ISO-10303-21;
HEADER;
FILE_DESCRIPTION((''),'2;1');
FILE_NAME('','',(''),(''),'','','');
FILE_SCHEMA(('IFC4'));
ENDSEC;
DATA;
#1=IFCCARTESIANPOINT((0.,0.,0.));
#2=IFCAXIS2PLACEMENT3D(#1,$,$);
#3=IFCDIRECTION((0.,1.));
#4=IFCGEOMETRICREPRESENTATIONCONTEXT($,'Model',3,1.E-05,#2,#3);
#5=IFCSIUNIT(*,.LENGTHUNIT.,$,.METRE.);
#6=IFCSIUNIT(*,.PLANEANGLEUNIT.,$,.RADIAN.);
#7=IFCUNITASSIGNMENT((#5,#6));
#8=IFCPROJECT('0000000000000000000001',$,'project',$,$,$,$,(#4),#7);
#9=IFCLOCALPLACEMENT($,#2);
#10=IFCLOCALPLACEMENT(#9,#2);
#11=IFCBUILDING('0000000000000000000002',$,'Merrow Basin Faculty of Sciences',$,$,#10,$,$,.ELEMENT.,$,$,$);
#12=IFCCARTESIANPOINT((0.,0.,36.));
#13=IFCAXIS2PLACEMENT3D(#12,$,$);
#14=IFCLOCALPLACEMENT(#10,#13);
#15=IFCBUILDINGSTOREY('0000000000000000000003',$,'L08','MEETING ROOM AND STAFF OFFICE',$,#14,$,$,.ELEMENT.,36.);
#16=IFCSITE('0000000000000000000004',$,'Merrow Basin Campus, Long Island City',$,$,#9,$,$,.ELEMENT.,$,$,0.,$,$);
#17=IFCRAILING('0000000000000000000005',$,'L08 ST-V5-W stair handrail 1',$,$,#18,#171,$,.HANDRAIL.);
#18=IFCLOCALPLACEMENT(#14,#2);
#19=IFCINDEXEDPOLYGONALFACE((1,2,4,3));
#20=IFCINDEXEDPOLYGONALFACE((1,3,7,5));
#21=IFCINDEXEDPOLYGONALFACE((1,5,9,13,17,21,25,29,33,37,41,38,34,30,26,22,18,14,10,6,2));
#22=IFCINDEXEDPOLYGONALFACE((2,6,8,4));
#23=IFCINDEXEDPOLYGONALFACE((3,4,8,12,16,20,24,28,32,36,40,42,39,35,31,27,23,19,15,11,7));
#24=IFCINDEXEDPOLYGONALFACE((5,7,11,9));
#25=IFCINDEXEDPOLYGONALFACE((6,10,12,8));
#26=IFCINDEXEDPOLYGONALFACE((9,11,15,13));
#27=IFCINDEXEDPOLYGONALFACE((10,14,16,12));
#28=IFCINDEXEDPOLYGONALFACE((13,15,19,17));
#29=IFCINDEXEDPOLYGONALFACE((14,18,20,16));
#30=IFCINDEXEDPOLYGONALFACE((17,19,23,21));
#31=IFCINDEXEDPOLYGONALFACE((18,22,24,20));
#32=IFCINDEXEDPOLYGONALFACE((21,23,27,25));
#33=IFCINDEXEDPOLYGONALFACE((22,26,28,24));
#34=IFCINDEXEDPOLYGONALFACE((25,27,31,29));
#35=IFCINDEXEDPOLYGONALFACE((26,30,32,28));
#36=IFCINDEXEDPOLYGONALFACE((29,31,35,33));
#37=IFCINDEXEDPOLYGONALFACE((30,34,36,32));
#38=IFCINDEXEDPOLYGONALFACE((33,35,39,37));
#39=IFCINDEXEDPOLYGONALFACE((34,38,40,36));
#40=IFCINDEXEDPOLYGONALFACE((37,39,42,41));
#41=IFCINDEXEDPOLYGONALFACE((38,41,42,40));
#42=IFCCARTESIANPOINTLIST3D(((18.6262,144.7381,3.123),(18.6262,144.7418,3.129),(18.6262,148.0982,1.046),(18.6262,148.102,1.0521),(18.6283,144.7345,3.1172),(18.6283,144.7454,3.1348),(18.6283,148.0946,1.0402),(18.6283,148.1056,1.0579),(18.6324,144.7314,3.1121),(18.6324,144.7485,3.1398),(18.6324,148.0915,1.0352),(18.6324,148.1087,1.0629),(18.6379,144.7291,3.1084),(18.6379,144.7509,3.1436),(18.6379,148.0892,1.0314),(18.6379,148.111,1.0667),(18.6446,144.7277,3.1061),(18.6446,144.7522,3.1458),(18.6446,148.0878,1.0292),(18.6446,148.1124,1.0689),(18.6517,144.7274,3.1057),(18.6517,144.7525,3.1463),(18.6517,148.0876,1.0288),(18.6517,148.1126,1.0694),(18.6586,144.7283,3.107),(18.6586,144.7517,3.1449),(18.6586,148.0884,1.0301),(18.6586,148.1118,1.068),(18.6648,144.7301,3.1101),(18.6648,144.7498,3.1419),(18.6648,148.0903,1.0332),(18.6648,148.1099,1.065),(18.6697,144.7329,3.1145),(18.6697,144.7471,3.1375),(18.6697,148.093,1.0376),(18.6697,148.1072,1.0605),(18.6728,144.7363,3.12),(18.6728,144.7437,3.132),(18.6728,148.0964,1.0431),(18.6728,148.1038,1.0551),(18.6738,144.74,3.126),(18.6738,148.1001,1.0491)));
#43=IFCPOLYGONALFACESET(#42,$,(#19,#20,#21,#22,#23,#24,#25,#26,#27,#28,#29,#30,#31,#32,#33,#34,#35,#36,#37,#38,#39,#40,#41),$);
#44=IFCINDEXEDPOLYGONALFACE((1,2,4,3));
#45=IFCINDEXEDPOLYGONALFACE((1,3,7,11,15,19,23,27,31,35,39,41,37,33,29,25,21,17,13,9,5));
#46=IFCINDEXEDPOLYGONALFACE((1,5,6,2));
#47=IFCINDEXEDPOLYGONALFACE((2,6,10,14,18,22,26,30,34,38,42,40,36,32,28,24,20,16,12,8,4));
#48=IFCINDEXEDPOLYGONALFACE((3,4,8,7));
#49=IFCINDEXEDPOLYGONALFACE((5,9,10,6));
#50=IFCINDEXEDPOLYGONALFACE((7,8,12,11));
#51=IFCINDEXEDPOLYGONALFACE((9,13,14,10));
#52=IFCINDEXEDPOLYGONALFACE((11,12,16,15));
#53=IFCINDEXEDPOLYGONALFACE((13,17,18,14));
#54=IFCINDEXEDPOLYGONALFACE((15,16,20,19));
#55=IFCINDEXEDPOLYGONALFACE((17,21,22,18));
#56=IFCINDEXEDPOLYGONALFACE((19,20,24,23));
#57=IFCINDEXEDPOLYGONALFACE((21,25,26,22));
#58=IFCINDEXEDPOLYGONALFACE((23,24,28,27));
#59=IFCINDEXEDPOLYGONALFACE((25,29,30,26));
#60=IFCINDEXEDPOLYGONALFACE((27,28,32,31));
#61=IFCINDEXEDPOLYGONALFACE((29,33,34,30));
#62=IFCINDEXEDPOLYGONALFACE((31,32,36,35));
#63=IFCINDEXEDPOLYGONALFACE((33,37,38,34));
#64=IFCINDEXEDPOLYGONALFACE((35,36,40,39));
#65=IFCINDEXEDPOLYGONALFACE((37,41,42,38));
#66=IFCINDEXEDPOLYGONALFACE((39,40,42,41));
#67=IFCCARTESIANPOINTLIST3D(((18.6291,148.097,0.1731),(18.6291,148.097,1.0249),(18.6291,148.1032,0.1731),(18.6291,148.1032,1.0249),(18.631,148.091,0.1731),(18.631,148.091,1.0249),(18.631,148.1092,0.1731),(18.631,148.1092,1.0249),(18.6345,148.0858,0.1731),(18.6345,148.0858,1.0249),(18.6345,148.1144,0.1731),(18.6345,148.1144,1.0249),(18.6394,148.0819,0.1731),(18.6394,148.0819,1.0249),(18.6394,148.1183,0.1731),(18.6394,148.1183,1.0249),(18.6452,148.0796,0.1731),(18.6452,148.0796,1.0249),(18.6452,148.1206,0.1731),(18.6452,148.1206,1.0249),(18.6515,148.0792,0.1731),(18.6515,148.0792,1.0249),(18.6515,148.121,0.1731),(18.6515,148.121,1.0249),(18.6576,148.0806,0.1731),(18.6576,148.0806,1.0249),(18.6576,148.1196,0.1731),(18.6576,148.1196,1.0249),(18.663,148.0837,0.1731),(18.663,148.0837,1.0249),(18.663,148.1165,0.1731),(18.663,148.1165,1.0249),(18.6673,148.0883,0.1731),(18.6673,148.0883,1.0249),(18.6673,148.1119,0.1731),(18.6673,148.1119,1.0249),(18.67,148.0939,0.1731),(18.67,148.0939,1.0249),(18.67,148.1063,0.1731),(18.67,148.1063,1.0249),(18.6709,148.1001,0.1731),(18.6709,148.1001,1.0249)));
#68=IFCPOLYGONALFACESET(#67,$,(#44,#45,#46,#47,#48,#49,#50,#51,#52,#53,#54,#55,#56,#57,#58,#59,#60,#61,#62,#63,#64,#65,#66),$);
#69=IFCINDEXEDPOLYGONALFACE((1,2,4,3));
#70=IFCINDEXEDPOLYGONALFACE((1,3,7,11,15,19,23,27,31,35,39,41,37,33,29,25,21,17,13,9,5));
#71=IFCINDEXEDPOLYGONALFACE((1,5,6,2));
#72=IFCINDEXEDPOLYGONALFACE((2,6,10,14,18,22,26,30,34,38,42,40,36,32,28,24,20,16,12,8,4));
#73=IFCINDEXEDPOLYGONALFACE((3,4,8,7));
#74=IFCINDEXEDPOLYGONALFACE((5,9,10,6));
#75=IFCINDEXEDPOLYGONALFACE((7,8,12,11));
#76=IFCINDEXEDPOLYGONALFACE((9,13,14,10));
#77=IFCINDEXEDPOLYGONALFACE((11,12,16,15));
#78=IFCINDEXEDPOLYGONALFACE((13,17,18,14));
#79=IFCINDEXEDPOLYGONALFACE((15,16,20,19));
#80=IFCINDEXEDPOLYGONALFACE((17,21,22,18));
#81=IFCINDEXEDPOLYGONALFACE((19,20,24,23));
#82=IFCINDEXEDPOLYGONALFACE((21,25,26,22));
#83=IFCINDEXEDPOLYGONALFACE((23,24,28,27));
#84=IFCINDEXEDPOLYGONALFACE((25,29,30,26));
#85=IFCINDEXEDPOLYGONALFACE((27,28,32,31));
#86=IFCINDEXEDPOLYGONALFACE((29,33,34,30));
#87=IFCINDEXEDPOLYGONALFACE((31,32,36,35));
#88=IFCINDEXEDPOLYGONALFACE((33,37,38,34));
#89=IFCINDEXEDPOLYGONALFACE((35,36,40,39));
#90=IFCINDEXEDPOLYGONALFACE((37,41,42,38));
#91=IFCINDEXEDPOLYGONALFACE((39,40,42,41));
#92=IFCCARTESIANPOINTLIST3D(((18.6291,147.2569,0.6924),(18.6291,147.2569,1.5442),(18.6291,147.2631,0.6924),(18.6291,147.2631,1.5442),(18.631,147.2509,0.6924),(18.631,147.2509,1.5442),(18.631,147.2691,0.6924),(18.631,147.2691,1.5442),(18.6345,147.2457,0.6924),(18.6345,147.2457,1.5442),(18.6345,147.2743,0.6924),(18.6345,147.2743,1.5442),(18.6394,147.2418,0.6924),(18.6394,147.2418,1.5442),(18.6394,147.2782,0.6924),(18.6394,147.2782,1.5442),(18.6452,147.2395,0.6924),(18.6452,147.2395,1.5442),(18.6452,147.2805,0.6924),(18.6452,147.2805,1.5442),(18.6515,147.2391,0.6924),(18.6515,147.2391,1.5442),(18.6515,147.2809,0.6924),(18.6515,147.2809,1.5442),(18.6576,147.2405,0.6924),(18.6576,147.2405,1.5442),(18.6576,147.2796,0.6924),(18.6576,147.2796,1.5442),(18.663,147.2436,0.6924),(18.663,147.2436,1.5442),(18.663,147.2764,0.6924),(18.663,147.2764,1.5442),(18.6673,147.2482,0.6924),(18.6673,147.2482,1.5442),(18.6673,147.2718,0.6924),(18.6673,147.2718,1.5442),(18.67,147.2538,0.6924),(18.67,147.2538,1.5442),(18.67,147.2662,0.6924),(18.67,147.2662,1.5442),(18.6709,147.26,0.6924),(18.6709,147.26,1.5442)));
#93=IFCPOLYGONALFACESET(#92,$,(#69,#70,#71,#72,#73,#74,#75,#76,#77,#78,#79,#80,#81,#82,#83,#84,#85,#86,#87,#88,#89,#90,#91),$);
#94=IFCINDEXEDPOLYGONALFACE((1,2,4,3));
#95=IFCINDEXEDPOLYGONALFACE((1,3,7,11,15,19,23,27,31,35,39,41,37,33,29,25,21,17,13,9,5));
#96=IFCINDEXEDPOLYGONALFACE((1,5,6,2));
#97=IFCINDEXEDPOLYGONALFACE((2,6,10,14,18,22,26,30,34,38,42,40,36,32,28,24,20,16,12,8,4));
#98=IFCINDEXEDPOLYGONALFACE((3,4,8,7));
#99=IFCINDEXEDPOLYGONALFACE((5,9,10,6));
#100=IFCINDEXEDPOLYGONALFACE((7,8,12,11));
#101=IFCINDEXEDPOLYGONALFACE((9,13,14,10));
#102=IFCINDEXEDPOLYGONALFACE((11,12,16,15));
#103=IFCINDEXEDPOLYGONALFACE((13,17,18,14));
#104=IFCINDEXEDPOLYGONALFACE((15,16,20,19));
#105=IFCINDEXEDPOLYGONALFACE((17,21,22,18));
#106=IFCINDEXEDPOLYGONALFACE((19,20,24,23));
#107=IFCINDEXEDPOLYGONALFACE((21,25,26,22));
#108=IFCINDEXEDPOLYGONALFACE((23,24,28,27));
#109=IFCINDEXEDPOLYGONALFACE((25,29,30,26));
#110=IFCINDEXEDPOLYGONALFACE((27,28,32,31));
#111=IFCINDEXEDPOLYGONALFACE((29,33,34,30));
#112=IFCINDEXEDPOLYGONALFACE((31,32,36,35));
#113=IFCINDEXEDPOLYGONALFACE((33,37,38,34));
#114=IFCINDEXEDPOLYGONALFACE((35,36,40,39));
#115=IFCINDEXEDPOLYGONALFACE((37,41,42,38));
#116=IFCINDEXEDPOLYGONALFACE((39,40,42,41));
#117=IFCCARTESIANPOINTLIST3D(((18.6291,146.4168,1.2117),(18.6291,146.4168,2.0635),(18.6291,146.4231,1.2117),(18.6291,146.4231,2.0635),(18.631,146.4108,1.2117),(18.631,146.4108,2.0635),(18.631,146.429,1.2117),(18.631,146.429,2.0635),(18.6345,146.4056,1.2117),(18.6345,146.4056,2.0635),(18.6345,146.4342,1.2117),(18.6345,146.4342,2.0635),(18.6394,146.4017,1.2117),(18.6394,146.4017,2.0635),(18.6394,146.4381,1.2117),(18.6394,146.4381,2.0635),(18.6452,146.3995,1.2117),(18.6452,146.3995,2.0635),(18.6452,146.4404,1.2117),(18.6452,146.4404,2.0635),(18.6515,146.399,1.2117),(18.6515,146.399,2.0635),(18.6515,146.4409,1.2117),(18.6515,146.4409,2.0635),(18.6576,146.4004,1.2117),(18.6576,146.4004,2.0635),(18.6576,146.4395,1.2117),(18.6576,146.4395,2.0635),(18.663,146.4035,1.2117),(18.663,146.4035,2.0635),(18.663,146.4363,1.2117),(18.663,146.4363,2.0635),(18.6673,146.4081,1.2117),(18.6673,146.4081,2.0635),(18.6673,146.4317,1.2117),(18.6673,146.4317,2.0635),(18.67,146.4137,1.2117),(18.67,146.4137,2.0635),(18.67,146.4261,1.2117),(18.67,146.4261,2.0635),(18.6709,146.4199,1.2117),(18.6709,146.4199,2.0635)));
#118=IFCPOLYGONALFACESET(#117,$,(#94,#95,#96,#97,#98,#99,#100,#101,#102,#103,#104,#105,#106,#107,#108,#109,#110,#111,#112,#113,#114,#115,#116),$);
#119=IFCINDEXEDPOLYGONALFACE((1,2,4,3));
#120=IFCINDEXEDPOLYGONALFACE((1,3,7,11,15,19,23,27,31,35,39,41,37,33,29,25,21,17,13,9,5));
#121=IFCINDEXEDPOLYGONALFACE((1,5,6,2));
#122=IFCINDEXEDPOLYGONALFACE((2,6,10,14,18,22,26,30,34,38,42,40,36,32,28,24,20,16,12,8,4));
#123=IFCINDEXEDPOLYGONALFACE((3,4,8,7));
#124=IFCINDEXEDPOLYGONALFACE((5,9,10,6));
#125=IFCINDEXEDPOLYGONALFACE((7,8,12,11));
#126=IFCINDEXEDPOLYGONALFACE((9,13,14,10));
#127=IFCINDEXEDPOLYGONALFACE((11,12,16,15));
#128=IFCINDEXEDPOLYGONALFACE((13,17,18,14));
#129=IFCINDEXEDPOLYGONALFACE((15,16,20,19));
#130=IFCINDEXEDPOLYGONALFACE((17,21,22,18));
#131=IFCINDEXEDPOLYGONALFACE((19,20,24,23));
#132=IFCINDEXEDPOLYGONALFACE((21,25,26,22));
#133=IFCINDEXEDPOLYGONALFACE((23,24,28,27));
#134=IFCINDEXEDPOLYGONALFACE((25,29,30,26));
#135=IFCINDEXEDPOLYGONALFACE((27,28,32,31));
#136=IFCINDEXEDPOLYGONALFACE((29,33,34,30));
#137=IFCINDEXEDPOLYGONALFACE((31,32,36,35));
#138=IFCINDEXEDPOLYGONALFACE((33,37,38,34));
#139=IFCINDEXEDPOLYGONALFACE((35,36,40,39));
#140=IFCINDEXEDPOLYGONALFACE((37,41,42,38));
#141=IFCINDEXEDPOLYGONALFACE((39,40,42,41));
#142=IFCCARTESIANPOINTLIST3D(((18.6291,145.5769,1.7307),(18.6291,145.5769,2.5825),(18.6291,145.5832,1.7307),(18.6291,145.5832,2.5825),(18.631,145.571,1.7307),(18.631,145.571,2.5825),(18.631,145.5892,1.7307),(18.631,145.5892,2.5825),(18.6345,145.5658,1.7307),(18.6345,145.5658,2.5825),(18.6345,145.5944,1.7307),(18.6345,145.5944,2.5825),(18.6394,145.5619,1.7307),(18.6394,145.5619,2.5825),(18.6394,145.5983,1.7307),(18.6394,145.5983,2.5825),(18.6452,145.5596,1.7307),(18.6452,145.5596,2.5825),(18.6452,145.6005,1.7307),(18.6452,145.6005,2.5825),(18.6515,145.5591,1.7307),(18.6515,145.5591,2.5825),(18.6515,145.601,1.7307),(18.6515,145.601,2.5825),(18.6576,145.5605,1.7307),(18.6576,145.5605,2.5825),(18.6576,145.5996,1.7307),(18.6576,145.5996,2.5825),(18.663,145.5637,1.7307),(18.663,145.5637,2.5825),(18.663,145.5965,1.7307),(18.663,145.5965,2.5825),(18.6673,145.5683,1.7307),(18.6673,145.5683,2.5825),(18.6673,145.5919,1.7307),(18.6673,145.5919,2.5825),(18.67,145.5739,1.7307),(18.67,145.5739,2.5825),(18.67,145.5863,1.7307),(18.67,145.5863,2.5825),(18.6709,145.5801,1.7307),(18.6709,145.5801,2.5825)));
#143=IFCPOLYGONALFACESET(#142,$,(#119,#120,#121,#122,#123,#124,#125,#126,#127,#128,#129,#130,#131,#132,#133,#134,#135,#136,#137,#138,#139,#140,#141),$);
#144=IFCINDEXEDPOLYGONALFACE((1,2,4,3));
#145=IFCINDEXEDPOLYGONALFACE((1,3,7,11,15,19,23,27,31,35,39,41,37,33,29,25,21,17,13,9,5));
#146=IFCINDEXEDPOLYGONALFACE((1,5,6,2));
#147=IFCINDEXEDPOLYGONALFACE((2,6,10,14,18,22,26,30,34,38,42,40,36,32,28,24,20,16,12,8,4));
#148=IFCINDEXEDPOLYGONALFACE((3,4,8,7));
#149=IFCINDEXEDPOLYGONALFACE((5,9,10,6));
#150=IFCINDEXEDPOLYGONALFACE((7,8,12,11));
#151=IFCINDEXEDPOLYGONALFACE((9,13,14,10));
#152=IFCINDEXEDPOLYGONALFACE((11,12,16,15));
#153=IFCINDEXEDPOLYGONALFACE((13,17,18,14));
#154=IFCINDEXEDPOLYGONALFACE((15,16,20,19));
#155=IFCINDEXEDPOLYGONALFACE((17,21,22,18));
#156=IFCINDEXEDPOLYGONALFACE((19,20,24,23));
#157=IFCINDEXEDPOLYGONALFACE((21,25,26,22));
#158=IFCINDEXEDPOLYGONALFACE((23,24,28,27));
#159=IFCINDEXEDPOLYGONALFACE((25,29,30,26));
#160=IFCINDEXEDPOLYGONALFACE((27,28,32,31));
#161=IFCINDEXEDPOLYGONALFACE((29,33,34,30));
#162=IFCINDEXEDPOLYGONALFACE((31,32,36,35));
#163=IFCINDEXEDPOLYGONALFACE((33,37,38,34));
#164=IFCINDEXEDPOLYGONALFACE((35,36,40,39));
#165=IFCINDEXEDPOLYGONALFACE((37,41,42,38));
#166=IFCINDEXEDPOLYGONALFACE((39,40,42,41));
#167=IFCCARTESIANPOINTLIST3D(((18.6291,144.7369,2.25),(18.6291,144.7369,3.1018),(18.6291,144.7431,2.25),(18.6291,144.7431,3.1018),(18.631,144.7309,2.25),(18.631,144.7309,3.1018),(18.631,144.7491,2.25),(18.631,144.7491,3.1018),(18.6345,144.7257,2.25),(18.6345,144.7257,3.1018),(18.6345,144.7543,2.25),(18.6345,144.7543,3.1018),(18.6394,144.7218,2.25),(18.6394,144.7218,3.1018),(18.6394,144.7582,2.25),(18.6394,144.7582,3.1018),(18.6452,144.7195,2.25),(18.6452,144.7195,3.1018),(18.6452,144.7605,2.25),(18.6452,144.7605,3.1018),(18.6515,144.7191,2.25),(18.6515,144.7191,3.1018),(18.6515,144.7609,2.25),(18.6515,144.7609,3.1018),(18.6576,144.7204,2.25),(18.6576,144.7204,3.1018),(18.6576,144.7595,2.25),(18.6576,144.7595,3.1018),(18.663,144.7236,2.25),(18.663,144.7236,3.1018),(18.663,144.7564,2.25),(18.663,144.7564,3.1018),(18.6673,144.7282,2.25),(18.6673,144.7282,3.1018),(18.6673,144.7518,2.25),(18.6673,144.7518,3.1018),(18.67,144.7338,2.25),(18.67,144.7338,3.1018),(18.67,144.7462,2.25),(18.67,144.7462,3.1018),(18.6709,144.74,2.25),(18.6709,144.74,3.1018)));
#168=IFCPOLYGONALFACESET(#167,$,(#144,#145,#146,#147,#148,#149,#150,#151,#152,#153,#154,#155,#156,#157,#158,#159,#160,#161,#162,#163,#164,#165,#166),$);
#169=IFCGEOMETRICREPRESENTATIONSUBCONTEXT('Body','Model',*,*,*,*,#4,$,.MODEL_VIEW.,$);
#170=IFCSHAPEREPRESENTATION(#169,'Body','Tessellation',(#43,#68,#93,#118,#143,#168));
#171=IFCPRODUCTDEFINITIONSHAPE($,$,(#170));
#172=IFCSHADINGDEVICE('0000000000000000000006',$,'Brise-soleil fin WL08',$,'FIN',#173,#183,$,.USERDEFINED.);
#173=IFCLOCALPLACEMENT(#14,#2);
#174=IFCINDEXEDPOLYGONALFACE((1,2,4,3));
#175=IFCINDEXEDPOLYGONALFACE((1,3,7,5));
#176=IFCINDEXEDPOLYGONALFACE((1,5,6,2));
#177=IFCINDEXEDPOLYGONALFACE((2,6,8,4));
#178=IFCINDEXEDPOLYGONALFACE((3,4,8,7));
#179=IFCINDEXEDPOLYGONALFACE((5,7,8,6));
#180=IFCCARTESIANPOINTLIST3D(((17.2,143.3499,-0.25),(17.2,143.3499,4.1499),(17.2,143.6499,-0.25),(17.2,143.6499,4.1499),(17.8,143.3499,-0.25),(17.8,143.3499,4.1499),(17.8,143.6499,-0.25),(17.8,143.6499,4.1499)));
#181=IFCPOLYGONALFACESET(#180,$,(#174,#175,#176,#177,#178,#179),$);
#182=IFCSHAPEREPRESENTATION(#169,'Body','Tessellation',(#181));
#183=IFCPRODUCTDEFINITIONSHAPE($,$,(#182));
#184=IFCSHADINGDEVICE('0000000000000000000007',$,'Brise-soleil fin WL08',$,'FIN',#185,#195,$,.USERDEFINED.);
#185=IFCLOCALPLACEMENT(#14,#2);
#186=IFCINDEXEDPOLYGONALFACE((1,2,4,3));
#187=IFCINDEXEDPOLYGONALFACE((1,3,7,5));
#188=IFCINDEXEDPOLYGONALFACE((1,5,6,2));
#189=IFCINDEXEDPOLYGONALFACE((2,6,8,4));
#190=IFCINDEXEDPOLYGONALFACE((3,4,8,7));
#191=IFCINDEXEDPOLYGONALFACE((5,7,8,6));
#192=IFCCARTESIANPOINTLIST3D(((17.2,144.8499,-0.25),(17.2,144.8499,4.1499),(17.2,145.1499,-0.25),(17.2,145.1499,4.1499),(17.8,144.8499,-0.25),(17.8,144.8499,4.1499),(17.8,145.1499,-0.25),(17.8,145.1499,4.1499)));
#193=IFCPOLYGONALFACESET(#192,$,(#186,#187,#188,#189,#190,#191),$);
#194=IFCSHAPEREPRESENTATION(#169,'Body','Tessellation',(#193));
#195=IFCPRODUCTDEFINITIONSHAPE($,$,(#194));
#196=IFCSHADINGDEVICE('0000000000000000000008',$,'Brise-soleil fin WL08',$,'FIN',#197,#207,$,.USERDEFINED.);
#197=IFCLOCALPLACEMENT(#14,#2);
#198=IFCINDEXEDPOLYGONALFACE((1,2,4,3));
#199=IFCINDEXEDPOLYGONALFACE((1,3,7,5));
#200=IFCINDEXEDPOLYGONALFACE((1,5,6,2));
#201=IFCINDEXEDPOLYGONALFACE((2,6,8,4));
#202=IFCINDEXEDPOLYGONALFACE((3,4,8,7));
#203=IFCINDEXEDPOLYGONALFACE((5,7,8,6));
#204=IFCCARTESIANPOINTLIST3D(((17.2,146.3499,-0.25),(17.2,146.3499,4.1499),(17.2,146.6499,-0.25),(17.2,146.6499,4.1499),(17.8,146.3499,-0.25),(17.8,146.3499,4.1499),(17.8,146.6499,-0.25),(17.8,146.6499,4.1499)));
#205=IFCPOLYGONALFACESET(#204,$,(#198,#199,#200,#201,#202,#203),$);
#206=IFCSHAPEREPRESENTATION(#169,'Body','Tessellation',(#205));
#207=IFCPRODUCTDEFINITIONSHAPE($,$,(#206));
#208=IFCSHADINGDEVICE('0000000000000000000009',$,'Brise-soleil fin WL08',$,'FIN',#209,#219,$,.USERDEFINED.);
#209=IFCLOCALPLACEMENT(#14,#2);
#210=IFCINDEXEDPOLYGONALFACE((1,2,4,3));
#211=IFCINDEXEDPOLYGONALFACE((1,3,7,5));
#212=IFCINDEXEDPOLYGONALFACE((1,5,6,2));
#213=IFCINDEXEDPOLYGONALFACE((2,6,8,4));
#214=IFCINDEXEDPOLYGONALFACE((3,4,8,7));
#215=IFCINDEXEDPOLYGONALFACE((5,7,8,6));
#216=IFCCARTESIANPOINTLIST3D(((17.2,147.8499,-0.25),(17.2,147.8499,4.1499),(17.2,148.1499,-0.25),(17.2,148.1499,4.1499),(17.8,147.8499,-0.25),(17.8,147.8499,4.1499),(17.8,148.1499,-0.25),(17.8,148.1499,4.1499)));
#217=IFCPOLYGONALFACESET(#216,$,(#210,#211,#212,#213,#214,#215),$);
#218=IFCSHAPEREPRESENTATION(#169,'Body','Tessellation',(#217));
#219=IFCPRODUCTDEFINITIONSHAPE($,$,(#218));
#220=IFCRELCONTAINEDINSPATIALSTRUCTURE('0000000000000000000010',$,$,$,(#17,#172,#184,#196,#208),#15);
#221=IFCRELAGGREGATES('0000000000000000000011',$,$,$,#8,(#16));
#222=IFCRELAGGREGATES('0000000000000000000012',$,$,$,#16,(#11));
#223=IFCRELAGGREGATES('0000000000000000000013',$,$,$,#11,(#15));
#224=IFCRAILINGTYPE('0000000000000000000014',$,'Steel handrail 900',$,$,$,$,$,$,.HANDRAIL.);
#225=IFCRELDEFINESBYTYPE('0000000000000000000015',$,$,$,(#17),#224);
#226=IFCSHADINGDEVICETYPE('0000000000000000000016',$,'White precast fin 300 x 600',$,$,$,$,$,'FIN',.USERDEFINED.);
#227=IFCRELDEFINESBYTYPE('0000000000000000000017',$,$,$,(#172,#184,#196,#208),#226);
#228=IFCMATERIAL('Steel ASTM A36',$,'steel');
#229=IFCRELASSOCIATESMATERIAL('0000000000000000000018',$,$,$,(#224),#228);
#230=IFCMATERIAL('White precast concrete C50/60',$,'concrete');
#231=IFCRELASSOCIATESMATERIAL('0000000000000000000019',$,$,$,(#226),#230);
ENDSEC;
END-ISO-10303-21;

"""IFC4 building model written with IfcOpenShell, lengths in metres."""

from ifc_helpers import new_model, si_unit, direction, frame, origin, origin_2d, place, context, subcontext, project, spatial, polyline, circle, outline, extrude, source, transform, mapped, material, type_object, element, save


model = new_model("IFC4")

# Units and contexts
model_context = context("Model", 3, precision=1e-05, world=origin(), true_north=direction((0.0, 1.0)))
body_context = subcontext(model_context, "Body", "Model", "MODEL_VIEW")
ifc_project = project(units=[si_unit("LENGTHUNIT", "METRE"), si_unit("PLANEANGLEUNIT", "RADIAN")], contexts=[model_context])

# Site, building, storey
site_placement = place(None, origin())
site = spatial("IfcSite", under=ifc_project, at=site_placement, Name="Merrow Basin Campus, Long Island City", CompositionType="ELEMENT", RefElevation=0.0)
building_placement = place(site_placement, origin())
building = spatial("IfcBuilding", under=site, at=building_placement, Name="Merrow Basin Faculty of Sciences", CompositionType="ELEMENT")
storey_placement = place(building_placement, frame((0.0, 0.0, 36.0)))
storey = spatial("IfcBuildingStorey", under=building, at=storey_placement, Name="L08", Description="MEETING ROOM AND STAFF OFFICE", CompositionType="ELEMENT", Elevation=36.0)

# Railing
ifc_material_1 = material(Name="Steel ASTM A36", Category="steel")
railing_type_1 = type_object("IfcRailingType", Name="Steel handrail 900", PredefinedType="HANDRAIL", material=ifc_material_1)
railing_1_placement = place(storey_placement, frame((18.6499, 148.1001, 0.1731)))
element("IfcRailing", 1, at=railing_1_placement, inside=storey, type_object=railing_type_1, Name="L08 ST-V5-W stair handrail 1", PredefinedType="HANDRAIL", context=body_context, shape_type="SweptSolid", body=[
    extrude(circle(Radius=0.0239, at=origin_2d()), frame((0.0, 0.0, 0.876), z_axis=(0.0, -0.850623, 0.525776), x_axis=(1.0, 0.0, 0.0)), (0.0, 0.0, 1.0), 3.9502),
    extrude(circle(Radius=0.021, at=origin_2d()), origin(), (0.0, 0.0, 1.0), 0.8518),
    extrude(circle(Radius=0.021, at=origin_2d()), frame((0.0, -0.8401, 0.5193)), (0.0, 0.0, 1.0), 0.8518),
    extrude(circle(Radius=0.021, at=origin_2d()), frame((0.0, -1.6802, 1.0386)), (0.0, 0.0, 1.0), 0.8518),
    extrude(circle(Radius=0.021, at=origin_2d()), frame((0.0, -2.52, 1.5576)), (0.0, 0.0, 1.0), 0.8518),
    extrude(circle(Radius=0.021, at=origin_2d()), frame((0.0, -3.3601, 2.0769)), (0.0, 0.0, 1.0), 0.8518),
])

# Shading devices
ifc_material_2 = material(Name="White precast concrete C50/60", Category="concrete")
shading_device_type = type_object("IfcShadingDeviceType", Name="White precast fin 300 x 600", ElementType="FIN", PredefinedType="USERDEFINED", material=ifc_material_2)
shared_shape_1 = source(origin(), body_context, "Body", "SweptSolid", [
    extrude(outline(polyline([(0.0, 0.0), (0.3, 0.0), (0.3, 4.3999), (0.0, 4.3999), (0.0, 0.0)])), origin(), (0.0, 0.0, 1.0), 0.6001),
])
for number, where, z_axis, x_axis, name in (
    (2, (17.8, 143.6499, -0.25), (-1.0, 0.0, 0.0), (0.0, -1.0, 0.0), "Brise-soleil fin WL08"),
    (3, (17.8, 145.1499, -0.25), (-1.0, 0.0, 0.0), (0.0, -1.0, 0.0), "Brise-soleil fin WL08"),
    (4, (17.8, 146.6499, -0.25), (-1.0, 0.0, 0.0), (0.0, -1.0, 0.0), "Brise-soleil fin WL08"),
    (5, (17.8, 148.1499, -0.25), (-1.0, 0.0, 0.0), (0.0, -1.0, 0.0), "Brise-soleil fin WL08"),
):
    element("IfcShadingDevice", number, at=place(storey_placement, frame(where, z_axis=z_axis, x_axis=x_axis)), inside=storey, type_object=shading_device_type, Name=name, ObjectType="FIN", PredefinedType="USERDEFINED", context=body_context, shape_type="MappedRepresentation", body=[
        mapped(shared_shape_1, transform((0.0, 0.0, 0.0), scale=1.0)),
    ])

save(model, "model.ifc")
